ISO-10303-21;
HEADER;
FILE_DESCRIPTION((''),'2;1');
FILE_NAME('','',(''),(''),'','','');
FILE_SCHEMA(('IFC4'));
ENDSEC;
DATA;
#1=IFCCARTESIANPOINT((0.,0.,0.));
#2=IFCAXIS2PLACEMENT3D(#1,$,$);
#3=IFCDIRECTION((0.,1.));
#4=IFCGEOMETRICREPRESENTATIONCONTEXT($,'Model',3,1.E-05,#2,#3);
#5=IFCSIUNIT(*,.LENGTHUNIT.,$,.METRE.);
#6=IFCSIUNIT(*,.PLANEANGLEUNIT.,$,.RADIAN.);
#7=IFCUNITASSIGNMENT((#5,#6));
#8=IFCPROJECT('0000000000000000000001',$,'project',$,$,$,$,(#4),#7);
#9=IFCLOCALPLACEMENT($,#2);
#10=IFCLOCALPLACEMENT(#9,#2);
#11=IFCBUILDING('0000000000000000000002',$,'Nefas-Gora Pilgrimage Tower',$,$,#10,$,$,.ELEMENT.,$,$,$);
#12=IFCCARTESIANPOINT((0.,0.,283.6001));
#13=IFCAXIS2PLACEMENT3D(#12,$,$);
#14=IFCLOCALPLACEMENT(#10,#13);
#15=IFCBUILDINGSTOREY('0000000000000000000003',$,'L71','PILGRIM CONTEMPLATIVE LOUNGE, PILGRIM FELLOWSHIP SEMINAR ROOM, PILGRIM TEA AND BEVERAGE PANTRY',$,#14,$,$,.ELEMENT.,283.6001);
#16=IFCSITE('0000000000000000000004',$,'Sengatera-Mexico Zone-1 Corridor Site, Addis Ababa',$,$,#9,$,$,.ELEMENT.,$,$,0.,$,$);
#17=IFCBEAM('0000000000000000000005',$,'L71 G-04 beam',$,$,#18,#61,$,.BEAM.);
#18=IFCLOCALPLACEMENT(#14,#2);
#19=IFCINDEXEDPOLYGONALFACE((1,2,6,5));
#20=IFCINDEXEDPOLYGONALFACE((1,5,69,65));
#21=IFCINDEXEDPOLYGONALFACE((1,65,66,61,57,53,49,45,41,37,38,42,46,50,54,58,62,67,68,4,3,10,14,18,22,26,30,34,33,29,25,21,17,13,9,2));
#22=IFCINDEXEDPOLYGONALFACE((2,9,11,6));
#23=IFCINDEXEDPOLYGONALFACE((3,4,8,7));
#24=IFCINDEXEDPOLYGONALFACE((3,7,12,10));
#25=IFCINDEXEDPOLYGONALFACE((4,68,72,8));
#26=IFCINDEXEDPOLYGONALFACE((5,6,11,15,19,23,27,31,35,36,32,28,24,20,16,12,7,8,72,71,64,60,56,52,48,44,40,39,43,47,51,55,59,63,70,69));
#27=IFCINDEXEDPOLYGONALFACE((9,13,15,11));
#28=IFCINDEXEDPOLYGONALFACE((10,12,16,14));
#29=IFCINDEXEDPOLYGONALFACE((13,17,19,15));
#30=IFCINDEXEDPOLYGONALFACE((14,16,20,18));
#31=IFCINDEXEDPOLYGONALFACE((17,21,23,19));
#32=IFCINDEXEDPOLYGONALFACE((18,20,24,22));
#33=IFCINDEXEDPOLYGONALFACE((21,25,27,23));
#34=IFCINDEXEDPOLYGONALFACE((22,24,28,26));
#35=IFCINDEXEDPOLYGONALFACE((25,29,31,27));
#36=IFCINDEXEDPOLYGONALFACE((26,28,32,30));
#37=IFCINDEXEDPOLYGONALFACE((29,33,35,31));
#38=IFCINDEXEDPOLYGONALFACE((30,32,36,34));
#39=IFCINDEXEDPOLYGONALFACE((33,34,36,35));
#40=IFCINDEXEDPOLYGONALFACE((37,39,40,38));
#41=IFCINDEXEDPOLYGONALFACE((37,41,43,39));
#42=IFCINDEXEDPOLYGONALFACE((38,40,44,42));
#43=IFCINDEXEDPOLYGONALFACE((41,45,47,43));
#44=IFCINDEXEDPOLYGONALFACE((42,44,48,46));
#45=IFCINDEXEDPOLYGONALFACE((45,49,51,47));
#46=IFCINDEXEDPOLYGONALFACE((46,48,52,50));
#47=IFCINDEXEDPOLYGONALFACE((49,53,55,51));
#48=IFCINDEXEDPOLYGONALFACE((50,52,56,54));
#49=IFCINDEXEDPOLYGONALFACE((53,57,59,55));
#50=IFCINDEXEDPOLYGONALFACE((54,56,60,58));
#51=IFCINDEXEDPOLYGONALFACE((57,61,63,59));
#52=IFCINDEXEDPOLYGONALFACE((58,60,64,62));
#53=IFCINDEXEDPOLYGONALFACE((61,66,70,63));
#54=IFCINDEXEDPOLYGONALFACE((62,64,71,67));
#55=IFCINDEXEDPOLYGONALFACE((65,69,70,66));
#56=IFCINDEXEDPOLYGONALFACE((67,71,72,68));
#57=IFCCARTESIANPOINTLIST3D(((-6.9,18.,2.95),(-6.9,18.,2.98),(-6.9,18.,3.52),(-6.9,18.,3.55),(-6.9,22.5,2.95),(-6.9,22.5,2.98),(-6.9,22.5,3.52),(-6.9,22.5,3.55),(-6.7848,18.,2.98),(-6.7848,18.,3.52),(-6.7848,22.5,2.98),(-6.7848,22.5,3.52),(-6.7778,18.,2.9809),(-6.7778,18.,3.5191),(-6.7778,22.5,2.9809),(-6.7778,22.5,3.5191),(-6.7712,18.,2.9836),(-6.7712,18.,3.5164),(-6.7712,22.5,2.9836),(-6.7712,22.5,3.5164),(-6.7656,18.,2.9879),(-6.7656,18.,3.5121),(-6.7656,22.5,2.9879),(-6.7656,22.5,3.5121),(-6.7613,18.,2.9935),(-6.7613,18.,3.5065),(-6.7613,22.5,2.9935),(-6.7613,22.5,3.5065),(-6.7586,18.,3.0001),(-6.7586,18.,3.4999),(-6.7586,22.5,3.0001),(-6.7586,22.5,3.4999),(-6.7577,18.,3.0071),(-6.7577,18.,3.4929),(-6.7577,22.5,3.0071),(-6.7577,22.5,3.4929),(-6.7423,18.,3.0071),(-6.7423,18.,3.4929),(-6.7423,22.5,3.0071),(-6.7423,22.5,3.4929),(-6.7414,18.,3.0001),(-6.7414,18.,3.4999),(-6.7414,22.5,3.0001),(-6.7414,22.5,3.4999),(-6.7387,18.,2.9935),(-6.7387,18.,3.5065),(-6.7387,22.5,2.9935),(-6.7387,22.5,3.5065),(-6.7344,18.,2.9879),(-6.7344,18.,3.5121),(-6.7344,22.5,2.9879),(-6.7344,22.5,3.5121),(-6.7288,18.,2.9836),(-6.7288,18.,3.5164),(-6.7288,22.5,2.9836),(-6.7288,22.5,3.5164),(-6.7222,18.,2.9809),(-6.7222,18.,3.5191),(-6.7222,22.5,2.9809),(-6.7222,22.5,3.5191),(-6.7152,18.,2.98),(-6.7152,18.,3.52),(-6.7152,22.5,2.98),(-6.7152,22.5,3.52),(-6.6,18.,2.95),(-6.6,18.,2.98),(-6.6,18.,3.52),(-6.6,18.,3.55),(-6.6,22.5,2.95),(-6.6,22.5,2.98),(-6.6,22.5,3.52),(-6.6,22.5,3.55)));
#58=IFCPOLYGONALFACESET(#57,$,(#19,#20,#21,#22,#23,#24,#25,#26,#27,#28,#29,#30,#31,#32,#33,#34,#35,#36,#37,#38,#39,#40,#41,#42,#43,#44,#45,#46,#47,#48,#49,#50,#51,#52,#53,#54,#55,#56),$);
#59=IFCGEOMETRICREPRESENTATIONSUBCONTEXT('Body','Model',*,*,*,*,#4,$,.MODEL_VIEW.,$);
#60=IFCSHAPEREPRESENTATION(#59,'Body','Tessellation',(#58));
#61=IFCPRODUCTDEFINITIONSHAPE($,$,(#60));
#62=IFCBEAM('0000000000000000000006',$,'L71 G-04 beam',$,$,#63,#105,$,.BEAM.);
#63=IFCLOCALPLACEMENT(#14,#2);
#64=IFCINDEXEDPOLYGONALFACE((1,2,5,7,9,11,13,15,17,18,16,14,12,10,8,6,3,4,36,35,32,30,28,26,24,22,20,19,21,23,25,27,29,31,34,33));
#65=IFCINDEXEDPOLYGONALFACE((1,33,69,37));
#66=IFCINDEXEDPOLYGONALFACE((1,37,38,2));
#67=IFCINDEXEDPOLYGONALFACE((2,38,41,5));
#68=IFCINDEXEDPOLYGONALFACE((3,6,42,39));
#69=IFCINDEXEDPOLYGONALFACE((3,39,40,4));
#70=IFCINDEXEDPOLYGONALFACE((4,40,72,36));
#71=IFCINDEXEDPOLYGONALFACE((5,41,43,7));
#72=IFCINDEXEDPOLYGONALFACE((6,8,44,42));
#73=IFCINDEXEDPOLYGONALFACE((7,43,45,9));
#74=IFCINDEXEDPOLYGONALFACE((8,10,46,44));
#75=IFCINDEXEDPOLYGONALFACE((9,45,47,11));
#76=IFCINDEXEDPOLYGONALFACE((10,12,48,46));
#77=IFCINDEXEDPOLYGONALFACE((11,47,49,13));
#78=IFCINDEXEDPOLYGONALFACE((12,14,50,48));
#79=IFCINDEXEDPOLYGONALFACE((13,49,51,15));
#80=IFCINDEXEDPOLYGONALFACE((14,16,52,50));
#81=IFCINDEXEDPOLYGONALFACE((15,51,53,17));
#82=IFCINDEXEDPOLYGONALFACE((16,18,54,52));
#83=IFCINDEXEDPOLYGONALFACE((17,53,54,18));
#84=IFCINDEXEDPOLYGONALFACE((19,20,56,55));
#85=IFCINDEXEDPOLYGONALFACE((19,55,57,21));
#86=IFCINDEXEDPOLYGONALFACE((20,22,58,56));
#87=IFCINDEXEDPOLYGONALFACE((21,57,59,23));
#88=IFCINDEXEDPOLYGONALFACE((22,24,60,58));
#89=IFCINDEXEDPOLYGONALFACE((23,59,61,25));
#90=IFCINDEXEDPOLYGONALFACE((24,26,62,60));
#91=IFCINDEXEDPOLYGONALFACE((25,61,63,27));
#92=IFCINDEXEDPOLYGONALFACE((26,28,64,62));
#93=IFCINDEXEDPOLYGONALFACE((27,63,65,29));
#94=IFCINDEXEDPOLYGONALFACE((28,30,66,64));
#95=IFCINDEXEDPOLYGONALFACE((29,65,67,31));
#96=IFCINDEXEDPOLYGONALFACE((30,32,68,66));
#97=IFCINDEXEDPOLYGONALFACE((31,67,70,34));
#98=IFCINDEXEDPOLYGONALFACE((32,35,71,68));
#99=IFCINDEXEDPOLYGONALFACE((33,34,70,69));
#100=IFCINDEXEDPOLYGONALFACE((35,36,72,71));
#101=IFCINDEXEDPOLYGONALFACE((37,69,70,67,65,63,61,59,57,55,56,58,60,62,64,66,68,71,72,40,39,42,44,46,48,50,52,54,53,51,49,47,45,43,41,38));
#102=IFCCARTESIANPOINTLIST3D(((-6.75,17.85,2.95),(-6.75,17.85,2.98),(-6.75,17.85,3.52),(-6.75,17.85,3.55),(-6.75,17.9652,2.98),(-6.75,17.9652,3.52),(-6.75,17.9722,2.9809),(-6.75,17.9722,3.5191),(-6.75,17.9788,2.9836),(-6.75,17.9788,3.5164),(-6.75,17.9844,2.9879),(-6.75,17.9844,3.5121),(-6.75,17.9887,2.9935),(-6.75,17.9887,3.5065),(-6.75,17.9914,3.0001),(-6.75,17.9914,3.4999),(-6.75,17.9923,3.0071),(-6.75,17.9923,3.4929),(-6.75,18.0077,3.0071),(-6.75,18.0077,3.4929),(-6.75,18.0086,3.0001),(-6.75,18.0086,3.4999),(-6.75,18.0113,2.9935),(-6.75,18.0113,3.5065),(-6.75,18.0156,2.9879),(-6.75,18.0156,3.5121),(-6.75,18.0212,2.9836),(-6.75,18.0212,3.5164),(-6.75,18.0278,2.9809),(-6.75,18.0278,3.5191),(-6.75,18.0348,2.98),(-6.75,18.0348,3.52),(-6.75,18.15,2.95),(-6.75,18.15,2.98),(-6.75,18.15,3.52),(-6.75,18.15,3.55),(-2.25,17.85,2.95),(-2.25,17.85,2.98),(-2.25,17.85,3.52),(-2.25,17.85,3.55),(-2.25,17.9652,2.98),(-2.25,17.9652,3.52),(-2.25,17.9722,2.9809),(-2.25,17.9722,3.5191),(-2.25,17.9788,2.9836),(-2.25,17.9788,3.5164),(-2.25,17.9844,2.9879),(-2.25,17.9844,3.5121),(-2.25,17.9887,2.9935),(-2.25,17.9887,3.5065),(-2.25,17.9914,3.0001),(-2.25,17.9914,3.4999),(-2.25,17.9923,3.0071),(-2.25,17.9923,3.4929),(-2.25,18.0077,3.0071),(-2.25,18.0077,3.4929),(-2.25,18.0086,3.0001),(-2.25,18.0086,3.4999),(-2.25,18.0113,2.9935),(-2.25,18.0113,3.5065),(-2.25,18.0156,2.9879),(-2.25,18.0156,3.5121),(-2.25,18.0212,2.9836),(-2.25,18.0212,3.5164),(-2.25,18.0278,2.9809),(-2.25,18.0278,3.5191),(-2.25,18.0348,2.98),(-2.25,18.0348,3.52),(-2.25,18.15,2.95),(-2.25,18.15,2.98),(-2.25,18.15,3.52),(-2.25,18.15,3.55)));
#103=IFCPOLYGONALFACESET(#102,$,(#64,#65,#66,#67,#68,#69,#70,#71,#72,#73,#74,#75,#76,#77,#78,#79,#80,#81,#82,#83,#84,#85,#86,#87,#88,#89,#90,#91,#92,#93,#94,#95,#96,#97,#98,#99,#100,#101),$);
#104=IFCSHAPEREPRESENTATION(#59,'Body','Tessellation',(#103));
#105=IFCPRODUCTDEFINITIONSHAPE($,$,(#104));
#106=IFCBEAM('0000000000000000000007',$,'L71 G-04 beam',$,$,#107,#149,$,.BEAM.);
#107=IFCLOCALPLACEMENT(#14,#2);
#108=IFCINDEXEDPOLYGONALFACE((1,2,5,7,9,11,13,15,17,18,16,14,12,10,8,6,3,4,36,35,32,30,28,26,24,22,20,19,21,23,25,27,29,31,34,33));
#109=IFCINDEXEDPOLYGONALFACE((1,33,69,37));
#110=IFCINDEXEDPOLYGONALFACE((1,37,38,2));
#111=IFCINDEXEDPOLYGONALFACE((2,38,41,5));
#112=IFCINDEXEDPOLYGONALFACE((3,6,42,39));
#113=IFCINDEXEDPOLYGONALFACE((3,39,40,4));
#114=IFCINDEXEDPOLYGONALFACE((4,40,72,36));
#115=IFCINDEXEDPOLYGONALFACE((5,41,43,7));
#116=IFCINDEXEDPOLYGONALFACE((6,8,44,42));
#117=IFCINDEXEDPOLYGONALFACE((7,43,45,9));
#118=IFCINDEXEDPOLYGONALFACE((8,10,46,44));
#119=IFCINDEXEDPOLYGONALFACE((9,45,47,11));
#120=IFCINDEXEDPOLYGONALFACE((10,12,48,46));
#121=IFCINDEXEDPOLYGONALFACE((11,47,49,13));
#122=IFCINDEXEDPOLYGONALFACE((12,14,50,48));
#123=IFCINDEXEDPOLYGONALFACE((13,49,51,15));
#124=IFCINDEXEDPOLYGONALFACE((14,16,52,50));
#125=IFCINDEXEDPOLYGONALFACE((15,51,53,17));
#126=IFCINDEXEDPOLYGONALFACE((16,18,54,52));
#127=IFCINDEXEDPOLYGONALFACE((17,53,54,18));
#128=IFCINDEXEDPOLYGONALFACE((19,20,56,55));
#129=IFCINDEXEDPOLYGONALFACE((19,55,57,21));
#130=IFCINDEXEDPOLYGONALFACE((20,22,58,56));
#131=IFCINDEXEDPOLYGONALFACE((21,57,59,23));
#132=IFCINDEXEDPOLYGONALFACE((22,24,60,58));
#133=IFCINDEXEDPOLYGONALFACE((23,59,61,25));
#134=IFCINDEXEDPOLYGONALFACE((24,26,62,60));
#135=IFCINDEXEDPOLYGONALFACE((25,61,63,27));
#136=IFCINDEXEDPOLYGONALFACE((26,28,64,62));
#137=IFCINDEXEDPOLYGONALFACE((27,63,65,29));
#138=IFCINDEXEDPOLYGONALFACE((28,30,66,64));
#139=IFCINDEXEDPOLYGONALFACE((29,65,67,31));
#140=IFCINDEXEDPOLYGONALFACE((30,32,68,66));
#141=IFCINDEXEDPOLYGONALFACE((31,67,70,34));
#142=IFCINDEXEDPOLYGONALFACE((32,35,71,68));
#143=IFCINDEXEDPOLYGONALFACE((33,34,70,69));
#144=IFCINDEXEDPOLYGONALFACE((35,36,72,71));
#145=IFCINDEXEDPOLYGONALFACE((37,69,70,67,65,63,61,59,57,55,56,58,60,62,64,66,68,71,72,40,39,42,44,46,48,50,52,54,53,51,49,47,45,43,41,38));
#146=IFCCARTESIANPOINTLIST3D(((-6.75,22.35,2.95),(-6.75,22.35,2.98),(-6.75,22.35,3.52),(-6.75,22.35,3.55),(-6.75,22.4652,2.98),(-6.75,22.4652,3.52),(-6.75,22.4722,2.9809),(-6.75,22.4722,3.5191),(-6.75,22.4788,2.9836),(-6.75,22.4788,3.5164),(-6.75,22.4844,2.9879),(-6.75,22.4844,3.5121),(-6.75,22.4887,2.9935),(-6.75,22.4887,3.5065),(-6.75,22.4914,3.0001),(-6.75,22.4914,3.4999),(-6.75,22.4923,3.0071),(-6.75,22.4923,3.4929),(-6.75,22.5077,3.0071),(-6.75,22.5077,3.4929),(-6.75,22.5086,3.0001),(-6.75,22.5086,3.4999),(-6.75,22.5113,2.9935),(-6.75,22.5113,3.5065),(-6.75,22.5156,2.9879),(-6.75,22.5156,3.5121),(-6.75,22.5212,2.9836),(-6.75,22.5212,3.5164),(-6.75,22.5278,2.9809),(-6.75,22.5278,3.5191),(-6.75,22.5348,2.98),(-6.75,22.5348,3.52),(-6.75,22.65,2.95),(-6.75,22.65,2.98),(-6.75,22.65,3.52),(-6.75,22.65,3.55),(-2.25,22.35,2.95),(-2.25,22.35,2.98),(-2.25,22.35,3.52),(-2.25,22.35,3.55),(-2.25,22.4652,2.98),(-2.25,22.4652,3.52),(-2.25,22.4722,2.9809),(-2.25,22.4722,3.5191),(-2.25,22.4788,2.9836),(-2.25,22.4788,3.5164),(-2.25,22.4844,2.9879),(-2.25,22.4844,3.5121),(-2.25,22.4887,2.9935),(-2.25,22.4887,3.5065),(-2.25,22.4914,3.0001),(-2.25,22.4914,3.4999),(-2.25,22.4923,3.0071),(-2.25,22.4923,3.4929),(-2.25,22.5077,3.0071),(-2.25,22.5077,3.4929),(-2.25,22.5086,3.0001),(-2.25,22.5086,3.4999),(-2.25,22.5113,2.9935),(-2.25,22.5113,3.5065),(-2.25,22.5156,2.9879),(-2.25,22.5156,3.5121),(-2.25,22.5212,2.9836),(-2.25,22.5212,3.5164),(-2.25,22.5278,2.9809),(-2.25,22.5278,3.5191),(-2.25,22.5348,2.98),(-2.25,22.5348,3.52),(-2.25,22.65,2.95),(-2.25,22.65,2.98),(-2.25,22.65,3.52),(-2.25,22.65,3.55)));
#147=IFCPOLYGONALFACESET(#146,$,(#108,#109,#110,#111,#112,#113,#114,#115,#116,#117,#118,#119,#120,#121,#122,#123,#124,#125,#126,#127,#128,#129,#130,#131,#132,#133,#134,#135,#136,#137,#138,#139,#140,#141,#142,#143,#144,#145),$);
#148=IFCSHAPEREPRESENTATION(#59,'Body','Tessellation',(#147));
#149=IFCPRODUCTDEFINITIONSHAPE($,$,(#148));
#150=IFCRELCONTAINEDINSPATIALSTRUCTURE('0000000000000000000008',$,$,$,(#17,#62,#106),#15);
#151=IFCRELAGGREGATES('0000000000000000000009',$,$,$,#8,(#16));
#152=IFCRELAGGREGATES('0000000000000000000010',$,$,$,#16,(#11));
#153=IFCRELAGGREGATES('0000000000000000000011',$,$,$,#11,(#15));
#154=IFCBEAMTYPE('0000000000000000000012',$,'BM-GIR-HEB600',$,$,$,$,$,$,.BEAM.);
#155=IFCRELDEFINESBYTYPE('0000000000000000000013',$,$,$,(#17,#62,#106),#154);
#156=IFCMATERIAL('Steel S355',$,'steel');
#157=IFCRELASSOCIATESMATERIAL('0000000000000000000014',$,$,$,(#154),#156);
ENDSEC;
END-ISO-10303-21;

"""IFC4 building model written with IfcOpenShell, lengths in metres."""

from ifc_helpers import new_model, si_unit, direction, frame, origin, origin_2d, place, context, subcontext, project, spatial, i_section, extrude, source, transform, mapped, material, material_profile, profile_set, type_object, element, save


model = new_model("IFC4")

# Units and contexts
model_context = context("Model", 3, precision=1e-05, world=origin(), true_north=direction((0.0, 1.0)))
body_context = subcontext(model_context, "Body", "Model", "MODEL_VIEW")
ifc_project = project(units=[si_unit("LENGTHUNIT", "METRE"), si_unit("PLANEANGLEUNIT", "RADIAN")], contexts=[model_context])

# Site, building, storey
site_placement = place(None, origin())
site = spatial("IfcSite", under=ifc_project, at=site_placement, Name="Sengatera-Mexico Zone-1 Corridor Site, Addis Ababa", CompositionType="ELEMENT", RefElevation=0.0)
building_placement = place(site_placement, origin())
building = spatial("IfcBuilding", under=site, at=building_placement, Name="Nefas-Gora Pilgrimage Tower", CompositionType="ELEMENT")
storey_placement = place(building_placement, frame((0.0, 0.0, 283.6001)))
storey = spatial("IfcBuildingStorey", under=building, at=storey_placement, Name="L71", Description="PILGRIM CONTEMPLATIVE LOUNGE, PILGRIM FELLOWSHIP SEMINAR ROOM, PILGRIM TEA AND BEVERAGE PANTRY", CompositionType="ELEMENT", Elevation=283.6001)

# Shared definitions
ifc_material_1 = material(Name="Steel S355", Category="steel")

# Beams
ifc_material_profile_1 = material_profile(ifc_material_1, i_section(OverallWidth=0.3, OverallDepth=0.6001, WebThickness=0.0154, FlangeThickness=0.03, FilletRadius=0.0271, at=origin_2d()), Name="HEB 600")
ifc_profile_set_1 = profile_set([ifc_material_profile_1], Name="Steel S355")
beam_type = type_object("IfcBeamType", Name="BM-GIR-HEB600", PredefinedType="BEAM", material=ifc_profile_set_1)
shared_shape_1 = source(origin(), body_context, "Body", "SweptSolid", [
    extrude(i_section(OverallWidth=0.3, OverallDepth=0.6001, WebThickness=0.0154, FlangeThickness=0.03, FilletRadius=0.0271, at=origin_2d()), origin(), (0.0, 0.0, 1.0), 4.5),
])
for number, where, z_axis, x_axis, name in (
    (1, (-6.75, 18.0, 3.25), (0.0, 1.0, 0.0), (-1.0, 0.0, 0.0), "L71 G-04 beam"),
    (2, (-6.75, 18.0, 3.25), (1.0, 0.0, 0.0), (0.0, 1.0, 0.0), "L71 G-04 beam"),
    (3, (-6.75, 22.5, 3.25), (1.0, 0.0, 0.0), (0.0, 1.0, 0.0), "L71 G-04 beam"),
):
    element("IfcBeam", number, at=place(storey_placement, frame(where, z_axis=z_axis, x_axis=x_axis)), inside=storey, type_object=beam_type, Name=name, PredefinedType="BEAM", context=body_context, shape_type="MappedRepresentation", body=[
        mapped(shared_shape_1, transform((0.0, 0.0, 0.0), x_axis=(1.0, 0.0, 0.0), y_axis=(0.0, 1.0, 0.0), z_axis=(0.0, 0.0, 1.0), scale=1.0)),
    ])

save(model, "model.ifc")
